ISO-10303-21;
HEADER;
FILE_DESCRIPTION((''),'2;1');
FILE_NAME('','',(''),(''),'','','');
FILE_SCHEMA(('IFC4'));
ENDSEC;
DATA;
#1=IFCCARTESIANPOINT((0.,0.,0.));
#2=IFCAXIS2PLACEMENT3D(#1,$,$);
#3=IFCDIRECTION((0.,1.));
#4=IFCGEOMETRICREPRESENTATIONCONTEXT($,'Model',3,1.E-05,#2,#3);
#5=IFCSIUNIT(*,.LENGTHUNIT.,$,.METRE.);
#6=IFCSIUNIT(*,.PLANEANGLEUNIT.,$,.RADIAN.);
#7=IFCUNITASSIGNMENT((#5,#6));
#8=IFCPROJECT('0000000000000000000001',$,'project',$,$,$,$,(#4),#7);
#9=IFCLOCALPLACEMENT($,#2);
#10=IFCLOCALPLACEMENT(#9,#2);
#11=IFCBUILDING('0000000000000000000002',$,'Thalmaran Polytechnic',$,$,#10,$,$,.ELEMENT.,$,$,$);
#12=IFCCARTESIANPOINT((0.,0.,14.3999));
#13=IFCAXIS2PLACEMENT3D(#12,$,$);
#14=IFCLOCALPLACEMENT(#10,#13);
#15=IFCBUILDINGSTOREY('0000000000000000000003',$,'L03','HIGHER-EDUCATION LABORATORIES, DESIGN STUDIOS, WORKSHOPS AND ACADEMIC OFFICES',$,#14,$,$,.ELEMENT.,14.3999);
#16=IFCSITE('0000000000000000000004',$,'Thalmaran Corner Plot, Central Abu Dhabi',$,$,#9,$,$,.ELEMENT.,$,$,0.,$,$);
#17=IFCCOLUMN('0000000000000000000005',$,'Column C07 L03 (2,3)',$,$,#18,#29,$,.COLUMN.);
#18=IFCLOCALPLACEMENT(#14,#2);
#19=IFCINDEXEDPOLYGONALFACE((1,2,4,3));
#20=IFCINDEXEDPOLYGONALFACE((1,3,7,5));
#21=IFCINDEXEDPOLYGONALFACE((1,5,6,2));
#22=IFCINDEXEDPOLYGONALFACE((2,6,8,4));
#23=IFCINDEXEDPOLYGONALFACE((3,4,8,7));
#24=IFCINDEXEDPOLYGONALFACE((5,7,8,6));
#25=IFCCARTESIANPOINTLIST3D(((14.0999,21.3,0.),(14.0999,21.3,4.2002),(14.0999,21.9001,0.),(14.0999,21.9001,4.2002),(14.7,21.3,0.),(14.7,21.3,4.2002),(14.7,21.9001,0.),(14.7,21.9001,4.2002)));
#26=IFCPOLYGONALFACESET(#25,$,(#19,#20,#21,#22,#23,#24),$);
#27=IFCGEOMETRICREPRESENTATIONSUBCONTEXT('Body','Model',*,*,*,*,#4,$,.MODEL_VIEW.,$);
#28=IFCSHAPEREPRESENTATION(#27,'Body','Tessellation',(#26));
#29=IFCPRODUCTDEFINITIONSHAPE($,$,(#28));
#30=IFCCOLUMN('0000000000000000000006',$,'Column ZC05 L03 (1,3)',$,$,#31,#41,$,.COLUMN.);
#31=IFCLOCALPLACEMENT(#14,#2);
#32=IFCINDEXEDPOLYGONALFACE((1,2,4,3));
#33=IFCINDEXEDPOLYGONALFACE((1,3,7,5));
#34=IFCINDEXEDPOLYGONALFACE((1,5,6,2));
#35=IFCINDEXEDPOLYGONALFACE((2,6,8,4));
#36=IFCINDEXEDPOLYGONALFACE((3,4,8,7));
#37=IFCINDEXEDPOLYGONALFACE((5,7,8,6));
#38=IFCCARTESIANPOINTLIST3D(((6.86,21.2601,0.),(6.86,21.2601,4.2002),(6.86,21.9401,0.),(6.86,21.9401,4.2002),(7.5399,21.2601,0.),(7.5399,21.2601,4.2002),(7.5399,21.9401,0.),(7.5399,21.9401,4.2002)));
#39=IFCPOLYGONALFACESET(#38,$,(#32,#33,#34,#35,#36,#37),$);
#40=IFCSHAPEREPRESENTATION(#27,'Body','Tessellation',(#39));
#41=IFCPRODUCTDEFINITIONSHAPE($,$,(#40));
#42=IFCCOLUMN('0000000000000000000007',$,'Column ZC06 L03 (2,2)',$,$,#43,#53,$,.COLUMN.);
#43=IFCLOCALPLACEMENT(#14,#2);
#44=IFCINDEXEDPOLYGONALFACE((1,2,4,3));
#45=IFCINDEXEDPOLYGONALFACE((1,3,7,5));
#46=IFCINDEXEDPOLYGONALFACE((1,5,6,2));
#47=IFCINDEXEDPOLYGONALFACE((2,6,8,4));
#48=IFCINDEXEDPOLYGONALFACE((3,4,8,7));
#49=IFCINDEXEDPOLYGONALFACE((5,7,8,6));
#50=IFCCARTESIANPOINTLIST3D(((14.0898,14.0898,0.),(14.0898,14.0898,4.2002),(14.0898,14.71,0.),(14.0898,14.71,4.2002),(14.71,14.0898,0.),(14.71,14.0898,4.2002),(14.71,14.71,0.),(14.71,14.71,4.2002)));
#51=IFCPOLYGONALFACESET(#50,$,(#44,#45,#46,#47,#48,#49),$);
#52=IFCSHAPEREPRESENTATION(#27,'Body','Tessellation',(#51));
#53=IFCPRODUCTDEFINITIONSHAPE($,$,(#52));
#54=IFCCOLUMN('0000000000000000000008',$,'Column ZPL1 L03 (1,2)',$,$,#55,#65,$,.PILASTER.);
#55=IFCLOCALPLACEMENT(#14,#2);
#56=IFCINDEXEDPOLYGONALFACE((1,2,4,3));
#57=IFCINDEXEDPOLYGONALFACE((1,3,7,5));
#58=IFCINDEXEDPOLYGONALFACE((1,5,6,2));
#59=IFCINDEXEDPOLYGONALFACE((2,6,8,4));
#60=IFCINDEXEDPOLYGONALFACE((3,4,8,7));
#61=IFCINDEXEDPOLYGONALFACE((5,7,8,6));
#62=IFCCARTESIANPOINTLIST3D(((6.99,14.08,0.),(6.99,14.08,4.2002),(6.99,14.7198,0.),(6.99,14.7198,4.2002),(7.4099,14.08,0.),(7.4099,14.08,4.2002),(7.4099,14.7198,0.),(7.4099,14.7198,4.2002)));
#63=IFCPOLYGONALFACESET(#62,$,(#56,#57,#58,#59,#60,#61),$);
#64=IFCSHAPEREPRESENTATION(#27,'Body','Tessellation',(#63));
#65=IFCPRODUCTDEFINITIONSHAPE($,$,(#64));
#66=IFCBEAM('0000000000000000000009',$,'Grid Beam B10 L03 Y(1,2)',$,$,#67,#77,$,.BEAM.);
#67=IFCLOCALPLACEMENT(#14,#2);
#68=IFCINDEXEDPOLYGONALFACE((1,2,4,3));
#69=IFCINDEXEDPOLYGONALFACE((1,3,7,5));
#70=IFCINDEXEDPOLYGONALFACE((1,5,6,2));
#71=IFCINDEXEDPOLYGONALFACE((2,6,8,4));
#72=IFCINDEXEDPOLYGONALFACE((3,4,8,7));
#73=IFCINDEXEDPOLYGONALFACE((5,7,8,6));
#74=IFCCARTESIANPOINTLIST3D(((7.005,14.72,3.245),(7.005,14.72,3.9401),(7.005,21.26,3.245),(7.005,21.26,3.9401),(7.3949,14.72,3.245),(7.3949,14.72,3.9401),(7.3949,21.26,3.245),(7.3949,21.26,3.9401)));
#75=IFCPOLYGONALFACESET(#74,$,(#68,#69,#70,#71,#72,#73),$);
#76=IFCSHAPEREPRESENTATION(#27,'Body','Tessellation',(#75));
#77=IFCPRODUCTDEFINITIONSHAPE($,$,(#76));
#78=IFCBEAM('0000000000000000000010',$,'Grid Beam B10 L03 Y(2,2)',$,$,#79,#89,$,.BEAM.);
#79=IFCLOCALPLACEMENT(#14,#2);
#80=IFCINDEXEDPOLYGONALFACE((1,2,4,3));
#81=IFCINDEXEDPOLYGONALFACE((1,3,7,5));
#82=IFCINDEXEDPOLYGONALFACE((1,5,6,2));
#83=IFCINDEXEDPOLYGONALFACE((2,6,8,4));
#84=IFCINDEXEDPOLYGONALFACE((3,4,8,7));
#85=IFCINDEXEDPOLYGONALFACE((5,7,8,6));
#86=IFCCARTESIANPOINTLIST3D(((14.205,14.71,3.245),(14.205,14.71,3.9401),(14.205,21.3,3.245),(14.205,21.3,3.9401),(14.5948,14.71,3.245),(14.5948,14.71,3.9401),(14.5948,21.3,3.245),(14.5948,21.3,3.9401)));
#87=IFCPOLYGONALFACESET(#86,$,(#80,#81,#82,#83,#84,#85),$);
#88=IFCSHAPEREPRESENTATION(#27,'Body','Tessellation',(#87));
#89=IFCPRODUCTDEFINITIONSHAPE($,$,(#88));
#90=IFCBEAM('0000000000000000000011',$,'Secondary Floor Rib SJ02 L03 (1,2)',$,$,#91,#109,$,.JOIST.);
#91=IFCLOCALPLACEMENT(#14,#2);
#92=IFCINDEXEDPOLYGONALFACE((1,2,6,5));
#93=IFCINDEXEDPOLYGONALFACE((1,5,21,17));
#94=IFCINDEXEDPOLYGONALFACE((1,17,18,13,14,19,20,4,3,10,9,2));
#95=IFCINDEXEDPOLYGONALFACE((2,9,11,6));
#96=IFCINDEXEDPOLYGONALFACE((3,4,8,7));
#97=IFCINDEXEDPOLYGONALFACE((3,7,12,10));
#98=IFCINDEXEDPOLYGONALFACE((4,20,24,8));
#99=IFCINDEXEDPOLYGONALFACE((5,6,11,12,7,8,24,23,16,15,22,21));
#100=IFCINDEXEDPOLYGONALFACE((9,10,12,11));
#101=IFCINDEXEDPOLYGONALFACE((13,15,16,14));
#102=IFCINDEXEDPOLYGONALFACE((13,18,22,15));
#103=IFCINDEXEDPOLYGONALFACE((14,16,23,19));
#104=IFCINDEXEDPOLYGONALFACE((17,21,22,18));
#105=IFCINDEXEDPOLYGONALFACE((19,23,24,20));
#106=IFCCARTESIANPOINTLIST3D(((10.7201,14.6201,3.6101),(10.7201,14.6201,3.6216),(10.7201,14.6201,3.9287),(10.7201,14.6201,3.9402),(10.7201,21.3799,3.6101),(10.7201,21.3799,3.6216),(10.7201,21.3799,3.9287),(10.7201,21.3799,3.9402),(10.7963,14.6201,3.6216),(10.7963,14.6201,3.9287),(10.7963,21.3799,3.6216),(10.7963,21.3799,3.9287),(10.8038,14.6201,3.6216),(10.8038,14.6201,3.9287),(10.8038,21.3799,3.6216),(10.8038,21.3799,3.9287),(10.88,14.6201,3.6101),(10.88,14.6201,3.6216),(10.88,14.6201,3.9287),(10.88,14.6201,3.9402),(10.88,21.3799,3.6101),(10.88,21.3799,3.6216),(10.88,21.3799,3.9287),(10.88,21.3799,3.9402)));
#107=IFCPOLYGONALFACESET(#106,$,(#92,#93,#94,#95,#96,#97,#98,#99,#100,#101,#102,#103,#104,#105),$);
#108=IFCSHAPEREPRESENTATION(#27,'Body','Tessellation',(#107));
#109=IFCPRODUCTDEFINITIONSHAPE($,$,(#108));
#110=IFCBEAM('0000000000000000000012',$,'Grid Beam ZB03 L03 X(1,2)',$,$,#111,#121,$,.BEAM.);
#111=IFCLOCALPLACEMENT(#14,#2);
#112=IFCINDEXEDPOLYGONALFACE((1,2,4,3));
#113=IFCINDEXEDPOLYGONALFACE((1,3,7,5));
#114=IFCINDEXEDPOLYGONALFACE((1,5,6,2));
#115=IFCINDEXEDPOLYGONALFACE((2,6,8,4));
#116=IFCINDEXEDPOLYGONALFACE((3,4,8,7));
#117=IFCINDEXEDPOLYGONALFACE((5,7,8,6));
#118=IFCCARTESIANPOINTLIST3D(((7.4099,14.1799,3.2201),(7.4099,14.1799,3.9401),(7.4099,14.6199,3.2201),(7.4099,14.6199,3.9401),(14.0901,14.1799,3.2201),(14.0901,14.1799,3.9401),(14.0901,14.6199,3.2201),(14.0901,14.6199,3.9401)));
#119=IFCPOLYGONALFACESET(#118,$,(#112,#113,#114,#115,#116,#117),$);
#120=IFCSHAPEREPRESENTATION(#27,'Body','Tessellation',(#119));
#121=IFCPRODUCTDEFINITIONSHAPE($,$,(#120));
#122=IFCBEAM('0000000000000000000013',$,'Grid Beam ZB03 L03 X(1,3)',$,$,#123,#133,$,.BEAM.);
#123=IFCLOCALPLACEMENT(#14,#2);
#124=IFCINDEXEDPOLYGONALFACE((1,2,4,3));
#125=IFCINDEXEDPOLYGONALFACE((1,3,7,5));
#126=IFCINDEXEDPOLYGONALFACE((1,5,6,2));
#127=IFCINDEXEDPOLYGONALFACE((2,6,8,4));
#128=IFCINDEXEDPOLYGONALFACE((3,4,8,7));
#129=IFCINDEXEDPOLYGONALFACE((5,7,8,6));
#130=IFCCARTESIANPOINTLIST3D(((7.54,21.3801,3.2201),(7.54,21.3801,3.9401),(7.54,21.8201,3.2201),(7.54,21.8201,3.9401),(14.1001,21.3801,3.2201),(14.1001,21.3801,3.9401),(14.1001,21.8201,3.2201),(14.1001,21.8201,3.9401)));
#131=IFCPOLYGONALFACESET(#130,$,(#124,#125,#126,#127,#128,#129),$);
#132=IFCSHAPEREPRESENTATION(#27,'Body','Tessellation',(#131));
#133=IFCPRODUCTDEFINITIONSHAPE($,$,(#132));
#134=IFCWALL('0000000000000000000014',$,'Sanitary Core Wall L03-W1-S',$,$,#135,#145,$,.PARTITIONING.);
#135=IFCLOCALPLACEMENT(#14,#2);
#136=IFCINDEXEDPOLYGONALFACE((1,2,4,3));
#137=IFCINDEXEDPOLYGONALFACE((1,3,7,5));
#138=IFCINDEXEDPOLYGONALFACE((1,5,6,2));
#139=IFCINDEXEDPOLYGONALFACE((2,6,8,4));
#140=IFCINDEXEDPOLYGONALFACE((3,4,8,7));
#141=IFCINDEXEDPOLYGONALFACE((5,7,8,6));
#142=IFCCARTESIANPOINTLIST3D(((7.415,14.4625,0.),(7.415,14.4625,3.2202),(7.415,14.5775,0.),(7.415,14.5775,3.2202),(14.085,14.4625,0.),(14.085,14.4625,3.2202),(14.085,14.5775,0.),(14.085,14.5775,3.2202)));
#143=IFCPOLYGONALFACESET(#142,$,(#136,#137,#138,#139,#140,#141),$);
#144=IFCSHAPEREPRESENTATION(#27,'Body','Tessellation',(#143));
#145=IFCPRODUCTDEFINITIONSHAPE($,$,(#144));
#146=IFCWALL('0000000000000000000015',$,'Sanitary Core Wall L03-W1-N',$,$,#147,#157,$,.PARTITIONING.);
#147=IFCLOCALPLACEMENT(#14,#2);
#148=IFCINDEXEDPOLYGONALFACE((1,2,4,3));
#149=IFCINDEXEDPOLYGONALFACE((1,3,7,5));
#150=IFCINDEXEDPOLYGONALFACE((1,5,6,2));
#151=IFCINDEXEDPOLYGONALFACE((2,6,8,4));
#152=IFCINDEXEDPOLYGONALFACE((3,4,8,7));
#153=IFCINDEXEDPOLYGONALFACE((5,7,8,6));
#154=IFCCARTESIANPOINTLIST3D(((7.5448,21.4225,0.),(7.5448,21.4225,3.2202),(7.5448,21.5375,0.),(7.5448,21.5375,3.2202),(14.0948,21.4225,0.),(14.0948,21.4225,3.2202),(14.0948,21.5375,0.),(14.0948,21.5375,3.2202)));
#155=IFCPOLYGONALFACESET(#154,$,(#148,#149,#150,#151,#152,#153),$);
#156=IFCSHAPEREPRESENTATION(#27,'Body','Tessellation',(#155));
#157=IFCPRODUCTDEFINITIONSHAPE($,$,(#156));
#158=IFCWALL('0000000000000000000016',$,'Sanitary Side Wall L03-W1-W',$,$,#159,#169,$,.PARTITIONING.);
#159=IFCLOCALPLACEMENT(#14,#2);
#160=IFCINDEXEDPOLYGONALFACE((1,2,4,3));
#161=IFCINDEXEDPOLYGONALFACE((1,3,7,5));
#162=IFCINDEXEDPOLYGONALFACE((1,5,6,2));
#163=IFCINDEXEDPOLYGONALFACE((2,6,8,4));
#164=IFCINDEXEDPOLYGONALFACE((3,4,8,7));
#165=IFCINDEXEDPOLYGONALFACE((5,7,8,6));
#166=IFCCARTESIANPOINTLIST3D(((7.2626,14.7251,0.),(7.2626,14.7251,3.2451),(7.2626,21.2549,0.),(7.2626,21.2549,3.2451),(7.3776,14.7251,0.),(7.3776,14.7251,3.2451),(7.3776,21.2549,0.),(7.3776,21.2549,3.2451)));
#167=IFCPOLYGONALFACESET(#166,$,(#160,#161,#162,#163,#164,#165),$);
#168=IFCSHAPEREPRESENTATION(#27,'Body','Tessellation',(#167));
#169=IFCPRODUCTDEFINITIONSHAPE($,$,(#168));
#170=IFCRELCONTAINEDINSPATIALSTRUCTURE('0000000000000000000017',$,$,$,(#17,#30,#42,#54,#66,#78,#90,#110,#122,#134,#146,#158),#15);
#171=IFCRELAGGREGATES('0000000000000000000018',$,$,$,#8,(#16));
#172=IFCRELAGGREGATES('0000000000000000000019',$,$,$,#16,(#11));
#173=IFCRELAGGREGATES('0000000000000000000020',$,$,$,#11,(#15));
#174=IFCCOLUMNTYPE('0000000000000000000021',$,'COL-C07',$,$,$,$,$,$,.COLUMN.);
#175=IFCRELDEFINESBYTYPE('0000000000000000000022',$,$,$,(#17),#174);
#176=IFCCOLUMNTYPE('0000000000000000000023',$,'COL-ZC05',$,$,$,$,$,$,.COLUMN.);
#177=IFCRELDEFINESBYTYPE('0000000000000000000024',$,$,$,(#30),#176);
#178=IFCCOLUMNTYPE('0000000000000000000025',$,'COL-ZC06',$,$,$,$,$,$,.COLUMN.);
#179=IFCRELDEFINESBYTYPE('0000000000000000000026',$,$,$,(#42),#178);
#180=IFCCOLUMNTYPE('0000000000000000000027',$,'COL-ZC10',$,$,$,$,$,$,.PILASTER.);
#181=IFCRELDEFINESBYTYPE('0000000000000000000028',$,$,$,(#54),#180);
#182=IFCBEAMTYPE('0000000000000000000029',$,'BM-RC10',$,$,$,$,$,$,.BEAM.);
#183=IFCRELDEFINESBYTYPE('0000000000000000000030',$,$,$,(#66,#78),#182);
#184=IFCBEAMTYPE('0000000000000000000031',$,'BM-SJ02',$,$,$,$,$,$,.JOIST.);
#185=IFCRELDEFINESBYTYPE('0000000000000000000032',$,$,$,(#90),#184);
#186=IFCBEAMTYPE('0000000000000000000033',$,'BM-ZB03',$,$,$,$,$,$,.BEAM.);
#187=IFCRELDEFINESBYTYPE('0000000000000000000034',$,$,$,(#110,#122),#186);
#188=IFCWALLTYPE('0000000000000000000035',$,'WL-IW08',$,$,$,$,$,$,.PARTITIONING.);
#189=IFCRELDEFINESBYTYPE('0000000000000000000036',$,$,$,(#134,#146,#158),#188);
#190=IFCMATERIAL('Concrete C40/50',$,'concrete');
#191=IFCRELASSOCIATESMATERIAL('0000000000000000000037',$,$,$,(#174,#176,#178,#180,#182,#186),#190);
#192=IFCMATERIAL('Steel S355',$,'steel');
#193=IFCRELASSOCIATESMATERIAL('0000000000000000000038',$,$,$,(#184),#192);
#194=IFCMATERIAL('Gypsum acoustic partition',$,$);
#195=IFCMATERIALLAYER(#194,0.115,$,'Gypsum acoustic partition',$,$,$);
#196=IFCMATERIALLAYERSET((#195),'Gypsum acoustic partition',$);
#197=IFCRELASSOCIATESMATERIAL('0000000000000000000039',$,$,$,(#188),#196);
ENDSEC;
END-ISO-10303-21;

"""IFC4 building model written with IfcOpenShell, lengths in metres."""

from ifc_helpers import new_model, si_unit, direction, frame, frame_2d, origin, origin_2d, place, context, subcontext, project, spatial, rectangle, i_section, extrude, material, layer, layer_set, material_profile, profile_set, type_object, element, save


model = new_model("IFC4")

# Units and contexts
model_context = context("Model", 3, precision=1e-05, world=origin(), true_north=direction((0.0, 1.0)))
body_context = subcontext(model_context, "Body", "Model", "MODEL_VIEW")
ifc_project = project(units=[si_unit("LENGTHUNIT", "METRE"), si_unit("PLANEANGLEUNIT", "RADIAN")], contexts=[model_context])

# Site, building, storey
site_placement = place(None, origin())
site = spatial("IfcSite", under=ifc_project, at=site_placement, Name="Thalmaran Corner Plot, Central Abu Dhabi", CompositionType="ELEMENT", RefElevation=0.0)
building_placement = place(site_placement, origin())
building = spatial("IfcBuilding", under=site, at=building_placement, Name="Thalmaran Polytechnic", CompositionType="ELEMENT")
storey_placement = place(building_placement, frame((0.0, 0.0, 14.3999)))
storey = spatial("IfcBuildingStorey", under=building, at=storey_placement, Name="L03", Description="HIGHER-EDUCATION LABORATORIES, DESIGN STUDIOS, WORKSHOPS AND ACADEMIC OFFICES", CompositionType="ELEMENT", Elevation=14.3999)

# Columns
ifc_material_1 = material(Name="Concrete C40/50", Category="concrete")
ifc_material_profile_1 = material_profile(ifc_material_1, rectangle(XDim=0.6001, YDim=0.6001, at=origin_2d()), Name="RC 600x600")
ifc_profile_set_1 = profile_set([ifc_material_profile_1], Name="Concrete C40/50")
column_type_1 = type_object("IfcColumnType", Name="COL-C07", PredefinedType="COLUMN", material=ifc_profile_set_1)
column_1_placement = place(storey_placement, frame((14.3999, 21.6001, 0.0), z_axis=(0.0, 0.0, 1.0), x_axis=(1.0, 0.0, 0.0)))
element("IfcColumn", 1, at=column_1_placement, inside=storey, type_object=column_type_1, Name="Column C07 L03 (2,3)", PredefinedType="COLUMN", context=body_context, shape_type="SweptSolid", body=[
    extrude(rectangle(XDim=0.6001, YDim=0.6001, at=origin_2d()), origin(), (0.0, 0.0, 1.0), 4.2002),
])
ifc_material_profile_2 = material_profile(ifc_material_1, rectangle(XDim=0.6799, YDim=0.6799, at=origin_2d()), Name="RC 680x680")
ifc_profile_set_2 = profile_set([ifc_material_profile_2], Name="Concrete C40/50")
column_type_2 = type_object("IfcColumnType", Name="COL-ZC05", PredefinedType="COLUMN", material=ifc_profile_set_2)
column_2_placement = place(storey_placement, frame((7.2, 21.6001, 0.0), z_axis=(0.0, 0.0, 1.0), x_axis=(1.0, 0.0, 0.0)))
element("IfcColumn", 2, at=column_2_placement, inside=storey, type_object=column_type_2, Name="Column ZC05 L03 (1,3)", PredefinedType="COLUMN", context=body_context, shape_type="SweptSolid", body=[
    extrude(rectangle(XDim=0.6799, YDim=0.6799, at=origin_2d()), origin(), (0.0, 0.0, 1.0), 4.2002),
])
ifc_material_profile_3 = material_profile(ifc_material_1, rectangle(XDim=0.6201, YDim=0.6201, at=origin_2d()), Name="RC 620x620")
ifc_profile_set_3 = profile_set([ifc_material_profile_3], Name="Concrete C40/50")
column_type_3 = type_object("IfcColumnType", Name="COL-ZC06", PredefinedType="COLUMN", material=ifc_profile_set_3)
column_3_placement = place(storey_placement, frame((14.3999, 14.3999, 0.0), z_axis=(0.0, 0.0, 1.0), x_axis=(1.0, 0.0, 0.0)))
element("IfcColumn", 3, at=column_3_placement, inside=storey, type_object=column_type_3, Name="Column ZC06 L03 (2,2)", PredefinedType="COLUMN", context=body_context, shape_type="SweptSolid", body=[
    extrude(rectangle(XDim=0.6201, YDim=0.6201, at=origin_2d()), origin(), (0.0, 0.0, 1.0), 4.2002),
])
ifc_material_profile_4 = material_profile(ifc_material_1, rectangle(XDim=0.4199, YDim=0.6399, at=origin_2d()), Name="RC 420x640")
ifc_profile_set_4 = profile_set([ifc_material_profile_4], Name="Concrete C40/50")
column_type_4 = type_object("IfcColumnType", Name="COL-ZC10", PredefinedType="PILASTER", material=ifc_profile_set_4)
column_4_placement = place(storey_placement, frame((7.2, 14.3999, 0.0), z_axis=(0.0, 0.0, 1.0), x_axis=(1.0, 0.0, 0.0)))
element("IfcColumn", 4, at=column_4_placement, inside=storey, type_object=column_type_4, Name="Column ZPL1 L03 (1,2)", PredefinedType="PILASTER", context=body_context, shape_type="SweptSolid", body=[
    extrude(rectangle(XDim=0.4199, YDim=0.6399, at=origin_2d()), origin(), (0.0, 0.0, 1.0), 4.2002),
])

# Beams
ifc_material_profile_5 = material_profile(ifc_material_1, rectangle(XDim=0.3899, YDim=0.6951, at=origin_2d()), Name="RC 390x695")
ifc_profile_set_5 = profile_set([ifc_material_profile_5], Name="Concrete C40/50")
beam_type_1 = type_object("IfcBeamType", Name="BM-RC10", PredefinedType="BEAM", material=ifc_profile_set_5)
beam_1_placement = place(storey_placement, frame((7.2, 14.72, 3.5925), z_axis=(0.0, 1.0, 0.0), x_axis=(-1.0, 0.0, 0.0)))
element("IfcBeam", 5, at=beam_1_placement, inside=storey, type_object=beam_type_1, Name="Grid Beam B10 L03 Y(1,2)", PredefinedType="BEAM", context=body_context, shape_type="SweptSolid", body=[
    extrude(rectangle(XDim=0.3899, YDim=0.6951, at=origin_2d()), origin(), (0.0, 0.0, 1.0), 6.54),
])
beam_2_placement = place(storey_placement, frame((14.3999, 14.71, 3.5925), z_axis=(0.0, 1.0, 0.0), x_axis=(-1.0, 0.0, 0.0)))
element("IfcBeam", 6, at=beam_2_placement, inside=storey, type_object=beam_type_1, Name="Grid Beam B10 L03 Y(2,2)", PredefinedType="BEAM", context=body_context, shape_type="SweptSolid", body=[
    extrude(rectangle(XDim=0.3899, YDim=0.6951, at=origin_2d()), origin(), (0.0, 0.0, 1.0), 6.5901),
])
ifc_material_2 = material(Name="Steel S355", Category="steel")
ifc_material_profile_6 = material_profile(ifc_material_2, i_section(OverallWidth=0.1599, OverallDepth=0.3301, WebThickness=0.0076, FlangeThickness=0.0115, at=origin_2d()), Name="IPE 330")
ifc_profile_set_6 = profile_set([ifc_material_profile_6], Name="Steel S355")
beam_type_2 = type_object("IfcBeamType", Name="BM-SJ02", PredefinedType="JOIST", material=ifc_profile_set_6)
beam_3_placement = place(storey_placement, frame((10.8, 14.6201, 3.7751), z_axis=(0.0, 1.0, 0.0), x_axis=(-1.0, 0.0, 0.0)))
element("IfcBeam", 7, at=beam_3_placement, inside=storey, type_object=beam_type_2, Name="Secondary Floor Rib SJ02 L03 (1,2)", PredefinedType="JOIST", context=body_context, shape_type="SweptSolid", body=[
    extrude(i_section(OverallWidth=0.1599, OverallDepth=0.3301, WebThickness=0.0076, FlangeThickness=0.0115, at=origin_2d()), origin(), (0.0, 0.0, 1.0), 6.7598),
])
ifc_material_profile_7 = material_profile(ifc_material_1, rectangle(XDim=0.4399, YDim=0.72, at=origin_2d()), Name="RC 440x720")
ifc_profile_set_7 = profile_set([ifc_material_profile_7], Name="Concrete C40/50")
beam_type_3 = type_object("IfcBeamType", Name="BM-ZB03", PredefinedType="BEAM", material=ifc_profile_set_7)
beam_4_placement = place(storey_placement, frame((7.4099, 14.3999, 3.5801), z_axis=(1.0, 0.0, 0.0), x_axis=(0.0, 1.0, 0.0)))
element("IfcBeam", 8, at=beam_4_placement, inside=storey, type_object=beam_type_3, Name="Grid Beam ZB03 L03 X(1,2)", PredefinedType="BEAM", context=body_context, shape_type="SweptSolid", body=[
    extrude(rectangle(XDim=0.4399, YDim=0.72, at=origin_2d()), origin(), (0.0, 0.0, 1.0), 6.6802),
])
beam_5_placement = place(storey_placement, frame((7.54, 21.6001, 3.5801), z_axis=(1.0, 0.0, 0.0), x_axis=(0.0, 1.0, 0.0)))
element("IfcBeam", 9, at=beam_5_placement, inside=storey, type_object=beam_type_3, Name="Grid Beam ZB03 L03 X(1,3)", PredefinedType="BEAM", context=body_context, shape_type="SweptSolid", body=[
    extrude(rectangle(XDim=0.4399, YDim=0.72, at=origin_2d()), origin(), (0.0, 0.0, 1.0), 6.5601),
])

# Walls
ifc_material_3 = material(Name="Gypsum acoustic partition")
ifc_layer_1 = layer(ifc_material_3, 0.115, Name="Gypsum acoustic partition")
ifc_layer_set_1 = layer_set([ifc_layer_1], Name="Gypsum acoustic partition")
wall_type_1 = type_object("IfcWallType", Name="WL-IW08", PredefinedType="PARTITIONING", material=ifc_layer_set_1)
wall_1_placement = place(storey_placement, frame((7.415, 14.52, 0.0), z_axis=(0.0, 0.0, 1.0), x_axis=(1.0, 0.0, 0.0)))
element("IfcWall", 10, at=wall_1_placement, inside=storey, type_object=wall_type_1, Name="Sanitary Core Wall L03-W1-S", PredefinedType="PARTITIONING", context=body_context, shape_type="SweptSolid", body=[
    extrude(rectangle(XDim=6.6699, YDim=0.115, at=frame_2d((3.335, 0.0))), origin(), (0.0, 0.0, 1.0), 3.2202),
])
wall_2_placement = place(storey_placement, frame((7.5449, 21.48, 0.0), z_axis=(0.0, 0.0, 1.0), x_axis=(1.0, 0.0, 0.0)))
element("IfcWall", 11, at=wall_2_placement, inside=storey, type_object=wall_type_1, Name="Sanitary Core Wall L03-W1-N", PredefinedType="PARTITIONING", context=body_context, shape_type="SweptSolid", body=[
    extrude(rectangle(XDim=6.55, YDim=0.115, at=frame_2d((3.2749, 0.0))), origin(), (0.0, 0.0, 1.0), 3.2202),
])
wall_3_placement = place(storey_placement, frame((7.3201, 14.7251, 0.0), z_axis=(0.0, 0.0, 1.0), x_axis=(0.0, 1.0, 0.0)))
element("IfcWall", 12, at=wall_3_placement, inside=storey, type_object=wall_type_1, Name="Sanitary Side Wall L03-W1-W", PredefinedType="PARTITIONING", context=body_context, shape_type="SweptSolid", body=[
    extrude(rectangle(XDim=6.5298, YDim=0.115, at=frame_2d((3.2649, 0.0))), origin(), (0.0, 0.0, 1.0), 3.2451),
])

save(model, "model.ifc")
